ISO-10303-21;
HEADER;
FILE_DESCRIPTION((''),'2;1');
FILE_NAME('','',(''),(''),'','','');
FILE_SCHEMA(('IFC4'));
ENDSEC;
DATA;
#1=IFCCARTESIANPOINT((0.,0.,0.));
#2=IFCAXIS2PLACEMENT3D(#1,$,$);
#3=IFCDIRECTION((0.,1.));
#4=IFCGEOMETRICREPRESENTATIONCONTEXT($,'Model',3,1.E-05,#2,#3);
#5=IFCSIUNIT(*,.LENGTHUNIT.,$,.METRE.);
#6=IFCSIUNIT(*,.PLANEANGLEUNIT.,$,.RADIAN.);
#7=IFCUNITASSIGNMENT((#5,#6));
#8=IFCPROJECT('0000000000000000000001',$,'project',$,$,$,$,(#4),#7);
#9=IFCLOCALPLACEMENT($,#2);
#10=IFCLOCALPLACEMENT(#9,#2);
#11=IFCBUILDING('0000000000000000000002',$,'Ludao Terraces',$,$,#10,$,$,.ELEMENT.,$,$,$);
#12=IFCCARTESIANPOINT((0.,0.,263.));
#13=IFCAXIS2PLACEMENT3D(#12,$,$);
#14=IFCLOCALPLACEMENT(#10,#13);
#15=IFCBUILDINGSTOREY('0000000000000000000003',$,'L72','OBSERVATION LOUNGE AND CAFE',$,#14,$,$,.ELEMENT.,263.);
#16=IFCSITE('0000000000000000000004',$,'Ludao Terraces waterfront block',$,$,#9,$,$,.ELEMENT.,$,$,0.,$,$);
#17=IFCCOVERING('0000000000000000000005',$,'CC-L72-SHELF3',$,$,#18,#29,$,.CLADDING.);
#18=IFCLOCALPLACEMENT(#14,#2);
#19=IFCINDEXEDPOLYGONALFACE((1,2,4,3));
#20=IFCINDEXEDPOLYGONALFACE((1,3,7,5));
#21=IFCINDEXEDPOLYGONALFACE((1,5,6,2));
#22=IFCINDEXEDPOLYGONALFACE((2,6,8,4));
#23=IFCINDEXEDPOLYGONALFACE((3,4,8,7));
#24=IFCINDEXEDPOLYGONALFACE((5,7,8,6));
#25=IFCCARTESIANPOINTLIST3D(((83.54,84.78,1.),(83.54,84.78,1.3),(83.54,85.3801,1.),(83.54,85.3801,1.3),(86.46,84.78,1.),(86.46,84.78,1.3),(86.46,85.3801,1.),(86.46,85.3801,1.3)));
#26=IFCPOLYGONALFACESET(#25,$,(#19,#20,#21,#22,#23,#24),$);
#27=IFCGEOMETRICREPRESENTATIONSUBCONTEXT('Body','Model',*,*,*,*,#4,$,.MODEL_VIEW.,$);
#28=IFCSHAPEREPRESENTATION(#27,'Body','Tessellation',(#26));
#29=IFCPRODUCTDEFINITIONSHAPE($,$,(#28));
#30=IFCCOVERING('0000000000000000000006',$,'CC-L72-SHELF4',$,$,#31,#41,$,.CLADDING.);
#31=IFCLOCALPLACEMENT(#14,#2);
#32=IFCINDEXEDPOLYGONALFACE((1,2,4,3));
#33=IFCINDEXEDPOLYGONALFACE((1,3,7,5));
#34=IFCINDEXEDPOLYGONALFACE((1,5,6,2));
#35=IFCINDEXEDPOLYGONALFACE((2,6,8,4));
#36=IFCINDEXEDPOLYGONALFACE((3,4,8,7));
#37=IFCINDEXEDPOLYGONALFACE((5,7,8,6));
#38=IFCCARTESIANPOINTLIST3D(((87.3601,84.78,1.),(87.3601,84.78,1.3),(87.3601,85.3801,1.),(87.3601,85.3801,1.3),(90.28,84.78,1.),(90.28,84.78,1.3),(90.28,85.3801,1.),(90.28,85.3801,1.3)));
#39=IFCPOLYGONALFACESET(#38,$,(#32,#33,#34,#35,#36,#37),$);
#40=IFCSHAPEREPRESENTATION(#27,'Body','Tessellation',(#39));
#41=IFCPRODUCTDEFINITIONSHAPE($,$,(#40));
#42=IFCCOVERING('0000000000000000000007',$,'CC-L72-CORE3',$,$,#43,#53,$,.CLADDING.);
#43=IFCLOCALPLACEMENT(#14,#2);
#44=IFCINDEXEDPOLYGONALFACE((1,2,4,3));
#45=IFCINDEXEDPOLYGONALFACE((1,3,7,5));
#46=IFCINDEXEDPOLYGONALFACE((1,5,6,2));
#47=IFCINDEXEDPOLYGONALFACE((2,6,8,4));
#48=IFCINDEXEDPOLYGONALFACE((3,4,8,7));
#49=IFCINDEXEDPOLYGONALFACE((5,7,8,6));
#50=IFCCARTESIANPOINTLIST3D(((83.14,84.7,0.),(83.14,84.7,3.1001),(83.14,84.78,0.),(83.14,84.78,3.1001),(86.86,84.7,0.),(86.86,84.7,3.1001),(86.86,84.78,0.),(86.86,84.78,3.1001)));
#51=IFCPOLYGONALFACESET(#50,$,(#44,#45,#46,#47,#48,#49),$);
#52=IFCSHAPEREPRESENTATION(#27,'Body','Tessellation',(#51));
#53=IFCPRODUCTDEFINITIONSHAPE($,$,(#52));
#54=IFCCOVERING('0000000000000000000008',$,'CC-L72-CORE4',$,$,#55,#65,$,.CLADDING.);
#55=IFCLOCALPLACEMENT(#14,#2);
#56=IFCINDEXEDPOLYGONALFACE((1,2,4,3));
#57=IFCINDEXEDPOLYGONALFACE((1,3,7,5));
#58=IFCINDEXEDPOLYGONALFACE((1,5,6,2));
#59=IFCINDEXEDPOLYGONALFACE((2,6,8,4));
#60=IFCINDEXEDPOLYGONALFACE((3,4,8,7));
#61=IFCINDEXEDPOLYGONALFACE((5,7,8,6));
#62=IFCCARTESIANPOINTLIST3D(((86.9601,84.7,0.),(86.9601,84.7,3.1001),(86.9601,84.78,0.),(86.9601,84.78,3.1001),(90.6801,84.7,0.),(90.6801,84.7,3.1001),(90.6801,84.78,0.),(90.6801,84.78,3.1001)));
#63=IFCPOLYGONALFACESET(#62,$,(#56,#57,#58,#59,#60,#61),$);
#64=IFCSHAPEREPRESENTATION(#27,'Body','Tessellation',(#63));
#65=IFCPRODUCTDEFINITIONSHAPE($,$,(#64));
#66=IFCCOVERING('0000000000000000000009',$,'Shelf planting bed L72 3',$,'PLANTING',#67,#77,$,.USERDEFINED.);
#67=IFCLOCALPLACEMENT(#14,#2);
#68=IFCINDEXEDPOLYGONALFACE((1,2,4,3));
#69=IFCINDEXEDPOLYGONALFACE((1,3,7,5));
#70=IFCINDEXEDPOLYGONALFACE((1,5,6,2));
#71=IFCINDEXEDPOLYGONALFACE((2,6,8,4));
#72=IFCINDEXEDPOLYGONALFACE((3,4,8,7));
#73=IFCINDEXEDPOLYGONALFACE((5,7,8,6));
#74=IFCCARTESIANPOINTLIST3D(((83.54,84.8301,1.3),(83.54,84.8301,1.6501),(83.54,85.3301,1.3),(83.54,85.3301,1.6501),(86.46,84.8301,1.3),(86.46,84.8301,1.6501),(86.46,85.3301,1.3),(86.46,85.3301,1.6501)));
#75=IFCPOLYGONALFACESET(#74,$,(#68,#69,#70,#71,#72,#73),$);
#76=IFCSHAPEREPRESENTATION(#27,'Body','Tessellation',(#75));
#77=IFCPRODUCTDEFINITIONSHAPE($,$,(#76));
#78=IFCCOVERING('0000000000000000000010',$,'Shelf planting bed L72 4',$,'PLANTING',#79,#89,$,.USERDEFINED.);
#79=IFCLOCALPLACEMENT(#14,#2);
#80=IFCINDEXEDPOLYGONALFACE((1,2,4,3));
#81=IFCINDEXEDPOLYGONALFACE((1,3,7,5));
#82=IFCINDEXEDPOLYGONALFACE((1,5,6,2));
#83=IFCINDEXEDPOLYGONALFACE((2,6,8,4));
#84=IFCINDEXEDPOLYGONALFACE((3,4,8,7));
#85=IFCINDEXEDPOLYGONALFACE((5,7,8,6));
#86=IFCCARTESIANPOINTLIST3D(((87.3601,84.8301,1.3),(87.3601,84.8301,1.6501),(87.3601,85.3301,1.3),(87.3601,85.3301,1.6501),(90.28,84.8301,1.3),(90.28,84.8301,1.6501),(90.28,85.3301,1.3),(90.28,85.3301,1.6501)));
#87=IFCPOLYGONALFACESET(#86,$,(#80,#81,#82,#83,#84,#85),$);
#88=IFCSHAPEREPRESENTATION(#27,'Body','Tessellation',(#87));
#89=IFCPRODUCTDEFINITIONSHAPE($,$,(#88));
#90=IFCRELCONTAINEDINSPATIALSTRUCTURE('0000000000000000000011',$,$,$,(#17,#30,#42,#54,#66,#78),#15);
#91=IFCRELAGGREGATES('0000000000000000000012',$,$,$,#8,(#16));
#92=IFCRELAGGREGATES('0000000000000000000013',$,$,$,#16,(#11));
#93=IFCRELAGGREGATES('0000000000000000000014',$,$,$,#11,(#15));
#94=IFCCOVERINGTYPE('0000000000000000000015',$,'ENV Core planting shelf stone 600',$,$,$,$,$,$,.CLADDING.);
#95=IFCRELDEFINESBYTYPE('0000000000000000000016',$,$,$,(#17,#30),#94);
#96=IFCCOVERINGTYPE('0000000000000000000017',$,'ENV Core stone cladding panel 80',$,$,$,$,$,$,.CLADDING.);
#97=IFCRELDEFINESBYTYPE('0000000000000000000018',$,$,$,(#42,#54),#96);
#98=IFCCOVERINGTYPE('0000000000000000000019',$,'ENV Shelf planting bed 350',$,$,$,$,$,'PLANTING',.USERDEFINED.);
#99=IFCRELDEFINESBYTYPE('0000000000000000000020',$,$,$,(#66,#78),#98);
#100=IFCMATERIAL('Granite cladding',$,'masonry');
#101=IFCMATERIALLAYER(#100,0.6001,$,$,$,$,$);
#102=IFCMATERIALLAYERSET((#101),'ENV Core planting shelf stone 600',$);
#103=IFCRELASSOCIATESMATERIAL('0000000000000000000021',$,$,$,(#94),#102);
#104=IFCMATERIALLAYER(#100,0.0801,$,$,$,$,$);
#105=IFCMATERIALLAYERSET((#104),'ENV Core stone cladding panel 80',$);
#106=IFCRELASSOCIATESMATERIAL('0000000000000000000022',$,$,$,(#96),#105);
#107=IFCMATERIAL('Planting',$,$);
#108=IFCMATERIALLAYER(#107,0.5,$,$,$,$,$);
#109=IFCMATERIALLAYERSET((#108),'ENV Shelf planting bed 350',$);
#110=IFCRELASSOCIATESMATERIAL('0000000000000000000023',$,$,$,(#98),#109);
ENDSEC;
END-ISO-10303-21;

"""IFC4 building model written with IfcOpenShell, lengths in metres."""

from ifc_helpers import new_model, si_unit, direction, frame, origin, origin_2d, place, context, subcontext, project, spatial, rectangle, extrude, material, layer, layer_set, type_object, element, save


model = new_model("IFC4")

# Units and contexts
model_context = context("Model", 3, precision=1e-05, world=origin(), true_north=direction((0.0, 1.0)))
body_context = subcontext(model_context, "Body", "Model", "MODEL_VIEW")
ifc_project = project(units=[si_unit("LENGTHUNIT", "METRE"), si_unit("PLANEANGLEUNIT", "RADIAN")], contexts=[model_context])

# Site, building, storey
site_placement = place(None, origin())
site = spatial("IfcSite", under=ifc_project, at=site_placement, Name="Ludao Terraces waterfront block", CompositionType="ELEMENT", RefElevation=0.0)
building_placement = place(site_placement, origin())
building = spatial("IfcBuilding", under=site, at=building_placement, Name="Ludao Terraces", CompositionType="ELEMENT")
storey_placement = place(building_placement, frame((0.0, 0.0, 263.0)))
storey = spatial("IfcBuildingStorey", under=building, at=storey_placement, Name="L72", Description="OBSERVATION LOUNGE AND CAFE", CompositionType="ELEMENT", Elevation=263.0)

# Coverings
ifc_material_1 = material(Name="Granite cladding", Category="masonry")
ifc_layer_1 = layer(ifc_material_1, 0.6001)
ifc_layer_set_1 = layer_set([ifc_layer_1], Name="ENV Core planting shelf stone 600")
covering_type_1 = type_object("IfcCoveringType", Name="ENV Core planting shelf stone 600", PredefinedType="CLADDING", material=ifc_layer_set_1)
for number, where, z_axis, x_axis, name in (
    (1, (85.0, 85.0801, 1.0), (0.0, 0.0, 1.0), (1.0, 0.0, 0.0), "CC-L72-SHELF3"),
    (2, (88.8201, 85.0801, 1.0), (0.0, 0.0, 1.0), (1.0, 0.0, 0.0), "CC-L72-SHELF4"),
):
    element("IfcCovering", number, at=place(storey_placement, frame(where, z_axis=z_axis, x_axis=x_axis)), inside=storey, type_object=covering_type_1, Name=name, PredefinedType="CLADDING", context=body_context, shape_type="SweptSolid", body=[
        extrude(rectangle(XDim=2.9199, YDim=0.6001, at=origin_2d()), origin(), (0.0, 0.0, 1.0), 0.3),
    ])
ifc_layer_2 = layer(ifc_material_1, 0.0801)
ifc_layer_set_2 = layer_set([ifc_layer_2], Name="ENV Core stone cladding panel 80")
covering_type_2 = type_object("IfcCoveringType", Name="ENV Core stone cladding panel 80", PredefinedType="CLADDING", material=ifc_layer_set_2)
for number, where, z_axis, x_axis, name in (
    (3, (85.0, 84.74, 0.0), (0.0, 0.0, 1.0), (1.0, 0.0, 0.0), "CC-L72-CORE3"),
    (4, (88.8201, 84.74, 0.0), (0.0, 0.0, 1.0), (1.0, 0.0, 0.0), "CC-L72-CORE4"),
):
    element("IfcCovering", number, at=place(storey_placement, frame(where, z_axis=z_axis, x_axis=x_axis)), inside=storey, type_object=covering_type_2, Name=name, PredefinedType="CLADDING", context=body_context, shape_type="SweptSolid", body=[
        extrude(rectangle(XDim=3.72, YDim=0.0801, at=origin_2d()), origin(), (0.0, 0.0, 1.0), 3.1001),
    ])
ifc_material_2 = material(Name="Planting")
ifc_layer_3 = layer(ifc_material_2, 0.5)
ifc_layer_set_3 = layer_set([ifc_layer_3], Name="ENV Shelf planting bed 350")
covering_type_3 = type_object("IfcCoveringType", Name="ENV Shelf planting bed 350", ElementType="PLANTING", PredefinedType="USERDEFINED", material=ifc_layer_set_3)
for number, where, z_axis, x_axis, name in (
    (5, (85.0, 85.0801, 1.3), (0.0, 0.0, 1.0), (1.0, 0.0, 0.0), "Shelf planting bed L72 3"),
    (6, (88.8201, 85.0801, 1.3), (0.0, 0.0, 1.0), (1.0, 0.0, 0.0), "Shelf planting bed L72 4"),
):
    element("IfcCovering", number, at=place(storey_placement, frame(where, z_axis=z_axis, x_axis=x_axis)), inside=storey, type_object=covering_type_3, Name=name, ObjectType="PLANTING", PredefinedType="USERDEFINED", context=body_context, shape_type="SweptSolid", body=[
        extrude(rectangle(XDim=2.9199, YDim=0.5, at=origin_2d()), origin(), (0.0, 0.0, 1.0), 0.3501),
    ])

save(model, "model.ifc")
